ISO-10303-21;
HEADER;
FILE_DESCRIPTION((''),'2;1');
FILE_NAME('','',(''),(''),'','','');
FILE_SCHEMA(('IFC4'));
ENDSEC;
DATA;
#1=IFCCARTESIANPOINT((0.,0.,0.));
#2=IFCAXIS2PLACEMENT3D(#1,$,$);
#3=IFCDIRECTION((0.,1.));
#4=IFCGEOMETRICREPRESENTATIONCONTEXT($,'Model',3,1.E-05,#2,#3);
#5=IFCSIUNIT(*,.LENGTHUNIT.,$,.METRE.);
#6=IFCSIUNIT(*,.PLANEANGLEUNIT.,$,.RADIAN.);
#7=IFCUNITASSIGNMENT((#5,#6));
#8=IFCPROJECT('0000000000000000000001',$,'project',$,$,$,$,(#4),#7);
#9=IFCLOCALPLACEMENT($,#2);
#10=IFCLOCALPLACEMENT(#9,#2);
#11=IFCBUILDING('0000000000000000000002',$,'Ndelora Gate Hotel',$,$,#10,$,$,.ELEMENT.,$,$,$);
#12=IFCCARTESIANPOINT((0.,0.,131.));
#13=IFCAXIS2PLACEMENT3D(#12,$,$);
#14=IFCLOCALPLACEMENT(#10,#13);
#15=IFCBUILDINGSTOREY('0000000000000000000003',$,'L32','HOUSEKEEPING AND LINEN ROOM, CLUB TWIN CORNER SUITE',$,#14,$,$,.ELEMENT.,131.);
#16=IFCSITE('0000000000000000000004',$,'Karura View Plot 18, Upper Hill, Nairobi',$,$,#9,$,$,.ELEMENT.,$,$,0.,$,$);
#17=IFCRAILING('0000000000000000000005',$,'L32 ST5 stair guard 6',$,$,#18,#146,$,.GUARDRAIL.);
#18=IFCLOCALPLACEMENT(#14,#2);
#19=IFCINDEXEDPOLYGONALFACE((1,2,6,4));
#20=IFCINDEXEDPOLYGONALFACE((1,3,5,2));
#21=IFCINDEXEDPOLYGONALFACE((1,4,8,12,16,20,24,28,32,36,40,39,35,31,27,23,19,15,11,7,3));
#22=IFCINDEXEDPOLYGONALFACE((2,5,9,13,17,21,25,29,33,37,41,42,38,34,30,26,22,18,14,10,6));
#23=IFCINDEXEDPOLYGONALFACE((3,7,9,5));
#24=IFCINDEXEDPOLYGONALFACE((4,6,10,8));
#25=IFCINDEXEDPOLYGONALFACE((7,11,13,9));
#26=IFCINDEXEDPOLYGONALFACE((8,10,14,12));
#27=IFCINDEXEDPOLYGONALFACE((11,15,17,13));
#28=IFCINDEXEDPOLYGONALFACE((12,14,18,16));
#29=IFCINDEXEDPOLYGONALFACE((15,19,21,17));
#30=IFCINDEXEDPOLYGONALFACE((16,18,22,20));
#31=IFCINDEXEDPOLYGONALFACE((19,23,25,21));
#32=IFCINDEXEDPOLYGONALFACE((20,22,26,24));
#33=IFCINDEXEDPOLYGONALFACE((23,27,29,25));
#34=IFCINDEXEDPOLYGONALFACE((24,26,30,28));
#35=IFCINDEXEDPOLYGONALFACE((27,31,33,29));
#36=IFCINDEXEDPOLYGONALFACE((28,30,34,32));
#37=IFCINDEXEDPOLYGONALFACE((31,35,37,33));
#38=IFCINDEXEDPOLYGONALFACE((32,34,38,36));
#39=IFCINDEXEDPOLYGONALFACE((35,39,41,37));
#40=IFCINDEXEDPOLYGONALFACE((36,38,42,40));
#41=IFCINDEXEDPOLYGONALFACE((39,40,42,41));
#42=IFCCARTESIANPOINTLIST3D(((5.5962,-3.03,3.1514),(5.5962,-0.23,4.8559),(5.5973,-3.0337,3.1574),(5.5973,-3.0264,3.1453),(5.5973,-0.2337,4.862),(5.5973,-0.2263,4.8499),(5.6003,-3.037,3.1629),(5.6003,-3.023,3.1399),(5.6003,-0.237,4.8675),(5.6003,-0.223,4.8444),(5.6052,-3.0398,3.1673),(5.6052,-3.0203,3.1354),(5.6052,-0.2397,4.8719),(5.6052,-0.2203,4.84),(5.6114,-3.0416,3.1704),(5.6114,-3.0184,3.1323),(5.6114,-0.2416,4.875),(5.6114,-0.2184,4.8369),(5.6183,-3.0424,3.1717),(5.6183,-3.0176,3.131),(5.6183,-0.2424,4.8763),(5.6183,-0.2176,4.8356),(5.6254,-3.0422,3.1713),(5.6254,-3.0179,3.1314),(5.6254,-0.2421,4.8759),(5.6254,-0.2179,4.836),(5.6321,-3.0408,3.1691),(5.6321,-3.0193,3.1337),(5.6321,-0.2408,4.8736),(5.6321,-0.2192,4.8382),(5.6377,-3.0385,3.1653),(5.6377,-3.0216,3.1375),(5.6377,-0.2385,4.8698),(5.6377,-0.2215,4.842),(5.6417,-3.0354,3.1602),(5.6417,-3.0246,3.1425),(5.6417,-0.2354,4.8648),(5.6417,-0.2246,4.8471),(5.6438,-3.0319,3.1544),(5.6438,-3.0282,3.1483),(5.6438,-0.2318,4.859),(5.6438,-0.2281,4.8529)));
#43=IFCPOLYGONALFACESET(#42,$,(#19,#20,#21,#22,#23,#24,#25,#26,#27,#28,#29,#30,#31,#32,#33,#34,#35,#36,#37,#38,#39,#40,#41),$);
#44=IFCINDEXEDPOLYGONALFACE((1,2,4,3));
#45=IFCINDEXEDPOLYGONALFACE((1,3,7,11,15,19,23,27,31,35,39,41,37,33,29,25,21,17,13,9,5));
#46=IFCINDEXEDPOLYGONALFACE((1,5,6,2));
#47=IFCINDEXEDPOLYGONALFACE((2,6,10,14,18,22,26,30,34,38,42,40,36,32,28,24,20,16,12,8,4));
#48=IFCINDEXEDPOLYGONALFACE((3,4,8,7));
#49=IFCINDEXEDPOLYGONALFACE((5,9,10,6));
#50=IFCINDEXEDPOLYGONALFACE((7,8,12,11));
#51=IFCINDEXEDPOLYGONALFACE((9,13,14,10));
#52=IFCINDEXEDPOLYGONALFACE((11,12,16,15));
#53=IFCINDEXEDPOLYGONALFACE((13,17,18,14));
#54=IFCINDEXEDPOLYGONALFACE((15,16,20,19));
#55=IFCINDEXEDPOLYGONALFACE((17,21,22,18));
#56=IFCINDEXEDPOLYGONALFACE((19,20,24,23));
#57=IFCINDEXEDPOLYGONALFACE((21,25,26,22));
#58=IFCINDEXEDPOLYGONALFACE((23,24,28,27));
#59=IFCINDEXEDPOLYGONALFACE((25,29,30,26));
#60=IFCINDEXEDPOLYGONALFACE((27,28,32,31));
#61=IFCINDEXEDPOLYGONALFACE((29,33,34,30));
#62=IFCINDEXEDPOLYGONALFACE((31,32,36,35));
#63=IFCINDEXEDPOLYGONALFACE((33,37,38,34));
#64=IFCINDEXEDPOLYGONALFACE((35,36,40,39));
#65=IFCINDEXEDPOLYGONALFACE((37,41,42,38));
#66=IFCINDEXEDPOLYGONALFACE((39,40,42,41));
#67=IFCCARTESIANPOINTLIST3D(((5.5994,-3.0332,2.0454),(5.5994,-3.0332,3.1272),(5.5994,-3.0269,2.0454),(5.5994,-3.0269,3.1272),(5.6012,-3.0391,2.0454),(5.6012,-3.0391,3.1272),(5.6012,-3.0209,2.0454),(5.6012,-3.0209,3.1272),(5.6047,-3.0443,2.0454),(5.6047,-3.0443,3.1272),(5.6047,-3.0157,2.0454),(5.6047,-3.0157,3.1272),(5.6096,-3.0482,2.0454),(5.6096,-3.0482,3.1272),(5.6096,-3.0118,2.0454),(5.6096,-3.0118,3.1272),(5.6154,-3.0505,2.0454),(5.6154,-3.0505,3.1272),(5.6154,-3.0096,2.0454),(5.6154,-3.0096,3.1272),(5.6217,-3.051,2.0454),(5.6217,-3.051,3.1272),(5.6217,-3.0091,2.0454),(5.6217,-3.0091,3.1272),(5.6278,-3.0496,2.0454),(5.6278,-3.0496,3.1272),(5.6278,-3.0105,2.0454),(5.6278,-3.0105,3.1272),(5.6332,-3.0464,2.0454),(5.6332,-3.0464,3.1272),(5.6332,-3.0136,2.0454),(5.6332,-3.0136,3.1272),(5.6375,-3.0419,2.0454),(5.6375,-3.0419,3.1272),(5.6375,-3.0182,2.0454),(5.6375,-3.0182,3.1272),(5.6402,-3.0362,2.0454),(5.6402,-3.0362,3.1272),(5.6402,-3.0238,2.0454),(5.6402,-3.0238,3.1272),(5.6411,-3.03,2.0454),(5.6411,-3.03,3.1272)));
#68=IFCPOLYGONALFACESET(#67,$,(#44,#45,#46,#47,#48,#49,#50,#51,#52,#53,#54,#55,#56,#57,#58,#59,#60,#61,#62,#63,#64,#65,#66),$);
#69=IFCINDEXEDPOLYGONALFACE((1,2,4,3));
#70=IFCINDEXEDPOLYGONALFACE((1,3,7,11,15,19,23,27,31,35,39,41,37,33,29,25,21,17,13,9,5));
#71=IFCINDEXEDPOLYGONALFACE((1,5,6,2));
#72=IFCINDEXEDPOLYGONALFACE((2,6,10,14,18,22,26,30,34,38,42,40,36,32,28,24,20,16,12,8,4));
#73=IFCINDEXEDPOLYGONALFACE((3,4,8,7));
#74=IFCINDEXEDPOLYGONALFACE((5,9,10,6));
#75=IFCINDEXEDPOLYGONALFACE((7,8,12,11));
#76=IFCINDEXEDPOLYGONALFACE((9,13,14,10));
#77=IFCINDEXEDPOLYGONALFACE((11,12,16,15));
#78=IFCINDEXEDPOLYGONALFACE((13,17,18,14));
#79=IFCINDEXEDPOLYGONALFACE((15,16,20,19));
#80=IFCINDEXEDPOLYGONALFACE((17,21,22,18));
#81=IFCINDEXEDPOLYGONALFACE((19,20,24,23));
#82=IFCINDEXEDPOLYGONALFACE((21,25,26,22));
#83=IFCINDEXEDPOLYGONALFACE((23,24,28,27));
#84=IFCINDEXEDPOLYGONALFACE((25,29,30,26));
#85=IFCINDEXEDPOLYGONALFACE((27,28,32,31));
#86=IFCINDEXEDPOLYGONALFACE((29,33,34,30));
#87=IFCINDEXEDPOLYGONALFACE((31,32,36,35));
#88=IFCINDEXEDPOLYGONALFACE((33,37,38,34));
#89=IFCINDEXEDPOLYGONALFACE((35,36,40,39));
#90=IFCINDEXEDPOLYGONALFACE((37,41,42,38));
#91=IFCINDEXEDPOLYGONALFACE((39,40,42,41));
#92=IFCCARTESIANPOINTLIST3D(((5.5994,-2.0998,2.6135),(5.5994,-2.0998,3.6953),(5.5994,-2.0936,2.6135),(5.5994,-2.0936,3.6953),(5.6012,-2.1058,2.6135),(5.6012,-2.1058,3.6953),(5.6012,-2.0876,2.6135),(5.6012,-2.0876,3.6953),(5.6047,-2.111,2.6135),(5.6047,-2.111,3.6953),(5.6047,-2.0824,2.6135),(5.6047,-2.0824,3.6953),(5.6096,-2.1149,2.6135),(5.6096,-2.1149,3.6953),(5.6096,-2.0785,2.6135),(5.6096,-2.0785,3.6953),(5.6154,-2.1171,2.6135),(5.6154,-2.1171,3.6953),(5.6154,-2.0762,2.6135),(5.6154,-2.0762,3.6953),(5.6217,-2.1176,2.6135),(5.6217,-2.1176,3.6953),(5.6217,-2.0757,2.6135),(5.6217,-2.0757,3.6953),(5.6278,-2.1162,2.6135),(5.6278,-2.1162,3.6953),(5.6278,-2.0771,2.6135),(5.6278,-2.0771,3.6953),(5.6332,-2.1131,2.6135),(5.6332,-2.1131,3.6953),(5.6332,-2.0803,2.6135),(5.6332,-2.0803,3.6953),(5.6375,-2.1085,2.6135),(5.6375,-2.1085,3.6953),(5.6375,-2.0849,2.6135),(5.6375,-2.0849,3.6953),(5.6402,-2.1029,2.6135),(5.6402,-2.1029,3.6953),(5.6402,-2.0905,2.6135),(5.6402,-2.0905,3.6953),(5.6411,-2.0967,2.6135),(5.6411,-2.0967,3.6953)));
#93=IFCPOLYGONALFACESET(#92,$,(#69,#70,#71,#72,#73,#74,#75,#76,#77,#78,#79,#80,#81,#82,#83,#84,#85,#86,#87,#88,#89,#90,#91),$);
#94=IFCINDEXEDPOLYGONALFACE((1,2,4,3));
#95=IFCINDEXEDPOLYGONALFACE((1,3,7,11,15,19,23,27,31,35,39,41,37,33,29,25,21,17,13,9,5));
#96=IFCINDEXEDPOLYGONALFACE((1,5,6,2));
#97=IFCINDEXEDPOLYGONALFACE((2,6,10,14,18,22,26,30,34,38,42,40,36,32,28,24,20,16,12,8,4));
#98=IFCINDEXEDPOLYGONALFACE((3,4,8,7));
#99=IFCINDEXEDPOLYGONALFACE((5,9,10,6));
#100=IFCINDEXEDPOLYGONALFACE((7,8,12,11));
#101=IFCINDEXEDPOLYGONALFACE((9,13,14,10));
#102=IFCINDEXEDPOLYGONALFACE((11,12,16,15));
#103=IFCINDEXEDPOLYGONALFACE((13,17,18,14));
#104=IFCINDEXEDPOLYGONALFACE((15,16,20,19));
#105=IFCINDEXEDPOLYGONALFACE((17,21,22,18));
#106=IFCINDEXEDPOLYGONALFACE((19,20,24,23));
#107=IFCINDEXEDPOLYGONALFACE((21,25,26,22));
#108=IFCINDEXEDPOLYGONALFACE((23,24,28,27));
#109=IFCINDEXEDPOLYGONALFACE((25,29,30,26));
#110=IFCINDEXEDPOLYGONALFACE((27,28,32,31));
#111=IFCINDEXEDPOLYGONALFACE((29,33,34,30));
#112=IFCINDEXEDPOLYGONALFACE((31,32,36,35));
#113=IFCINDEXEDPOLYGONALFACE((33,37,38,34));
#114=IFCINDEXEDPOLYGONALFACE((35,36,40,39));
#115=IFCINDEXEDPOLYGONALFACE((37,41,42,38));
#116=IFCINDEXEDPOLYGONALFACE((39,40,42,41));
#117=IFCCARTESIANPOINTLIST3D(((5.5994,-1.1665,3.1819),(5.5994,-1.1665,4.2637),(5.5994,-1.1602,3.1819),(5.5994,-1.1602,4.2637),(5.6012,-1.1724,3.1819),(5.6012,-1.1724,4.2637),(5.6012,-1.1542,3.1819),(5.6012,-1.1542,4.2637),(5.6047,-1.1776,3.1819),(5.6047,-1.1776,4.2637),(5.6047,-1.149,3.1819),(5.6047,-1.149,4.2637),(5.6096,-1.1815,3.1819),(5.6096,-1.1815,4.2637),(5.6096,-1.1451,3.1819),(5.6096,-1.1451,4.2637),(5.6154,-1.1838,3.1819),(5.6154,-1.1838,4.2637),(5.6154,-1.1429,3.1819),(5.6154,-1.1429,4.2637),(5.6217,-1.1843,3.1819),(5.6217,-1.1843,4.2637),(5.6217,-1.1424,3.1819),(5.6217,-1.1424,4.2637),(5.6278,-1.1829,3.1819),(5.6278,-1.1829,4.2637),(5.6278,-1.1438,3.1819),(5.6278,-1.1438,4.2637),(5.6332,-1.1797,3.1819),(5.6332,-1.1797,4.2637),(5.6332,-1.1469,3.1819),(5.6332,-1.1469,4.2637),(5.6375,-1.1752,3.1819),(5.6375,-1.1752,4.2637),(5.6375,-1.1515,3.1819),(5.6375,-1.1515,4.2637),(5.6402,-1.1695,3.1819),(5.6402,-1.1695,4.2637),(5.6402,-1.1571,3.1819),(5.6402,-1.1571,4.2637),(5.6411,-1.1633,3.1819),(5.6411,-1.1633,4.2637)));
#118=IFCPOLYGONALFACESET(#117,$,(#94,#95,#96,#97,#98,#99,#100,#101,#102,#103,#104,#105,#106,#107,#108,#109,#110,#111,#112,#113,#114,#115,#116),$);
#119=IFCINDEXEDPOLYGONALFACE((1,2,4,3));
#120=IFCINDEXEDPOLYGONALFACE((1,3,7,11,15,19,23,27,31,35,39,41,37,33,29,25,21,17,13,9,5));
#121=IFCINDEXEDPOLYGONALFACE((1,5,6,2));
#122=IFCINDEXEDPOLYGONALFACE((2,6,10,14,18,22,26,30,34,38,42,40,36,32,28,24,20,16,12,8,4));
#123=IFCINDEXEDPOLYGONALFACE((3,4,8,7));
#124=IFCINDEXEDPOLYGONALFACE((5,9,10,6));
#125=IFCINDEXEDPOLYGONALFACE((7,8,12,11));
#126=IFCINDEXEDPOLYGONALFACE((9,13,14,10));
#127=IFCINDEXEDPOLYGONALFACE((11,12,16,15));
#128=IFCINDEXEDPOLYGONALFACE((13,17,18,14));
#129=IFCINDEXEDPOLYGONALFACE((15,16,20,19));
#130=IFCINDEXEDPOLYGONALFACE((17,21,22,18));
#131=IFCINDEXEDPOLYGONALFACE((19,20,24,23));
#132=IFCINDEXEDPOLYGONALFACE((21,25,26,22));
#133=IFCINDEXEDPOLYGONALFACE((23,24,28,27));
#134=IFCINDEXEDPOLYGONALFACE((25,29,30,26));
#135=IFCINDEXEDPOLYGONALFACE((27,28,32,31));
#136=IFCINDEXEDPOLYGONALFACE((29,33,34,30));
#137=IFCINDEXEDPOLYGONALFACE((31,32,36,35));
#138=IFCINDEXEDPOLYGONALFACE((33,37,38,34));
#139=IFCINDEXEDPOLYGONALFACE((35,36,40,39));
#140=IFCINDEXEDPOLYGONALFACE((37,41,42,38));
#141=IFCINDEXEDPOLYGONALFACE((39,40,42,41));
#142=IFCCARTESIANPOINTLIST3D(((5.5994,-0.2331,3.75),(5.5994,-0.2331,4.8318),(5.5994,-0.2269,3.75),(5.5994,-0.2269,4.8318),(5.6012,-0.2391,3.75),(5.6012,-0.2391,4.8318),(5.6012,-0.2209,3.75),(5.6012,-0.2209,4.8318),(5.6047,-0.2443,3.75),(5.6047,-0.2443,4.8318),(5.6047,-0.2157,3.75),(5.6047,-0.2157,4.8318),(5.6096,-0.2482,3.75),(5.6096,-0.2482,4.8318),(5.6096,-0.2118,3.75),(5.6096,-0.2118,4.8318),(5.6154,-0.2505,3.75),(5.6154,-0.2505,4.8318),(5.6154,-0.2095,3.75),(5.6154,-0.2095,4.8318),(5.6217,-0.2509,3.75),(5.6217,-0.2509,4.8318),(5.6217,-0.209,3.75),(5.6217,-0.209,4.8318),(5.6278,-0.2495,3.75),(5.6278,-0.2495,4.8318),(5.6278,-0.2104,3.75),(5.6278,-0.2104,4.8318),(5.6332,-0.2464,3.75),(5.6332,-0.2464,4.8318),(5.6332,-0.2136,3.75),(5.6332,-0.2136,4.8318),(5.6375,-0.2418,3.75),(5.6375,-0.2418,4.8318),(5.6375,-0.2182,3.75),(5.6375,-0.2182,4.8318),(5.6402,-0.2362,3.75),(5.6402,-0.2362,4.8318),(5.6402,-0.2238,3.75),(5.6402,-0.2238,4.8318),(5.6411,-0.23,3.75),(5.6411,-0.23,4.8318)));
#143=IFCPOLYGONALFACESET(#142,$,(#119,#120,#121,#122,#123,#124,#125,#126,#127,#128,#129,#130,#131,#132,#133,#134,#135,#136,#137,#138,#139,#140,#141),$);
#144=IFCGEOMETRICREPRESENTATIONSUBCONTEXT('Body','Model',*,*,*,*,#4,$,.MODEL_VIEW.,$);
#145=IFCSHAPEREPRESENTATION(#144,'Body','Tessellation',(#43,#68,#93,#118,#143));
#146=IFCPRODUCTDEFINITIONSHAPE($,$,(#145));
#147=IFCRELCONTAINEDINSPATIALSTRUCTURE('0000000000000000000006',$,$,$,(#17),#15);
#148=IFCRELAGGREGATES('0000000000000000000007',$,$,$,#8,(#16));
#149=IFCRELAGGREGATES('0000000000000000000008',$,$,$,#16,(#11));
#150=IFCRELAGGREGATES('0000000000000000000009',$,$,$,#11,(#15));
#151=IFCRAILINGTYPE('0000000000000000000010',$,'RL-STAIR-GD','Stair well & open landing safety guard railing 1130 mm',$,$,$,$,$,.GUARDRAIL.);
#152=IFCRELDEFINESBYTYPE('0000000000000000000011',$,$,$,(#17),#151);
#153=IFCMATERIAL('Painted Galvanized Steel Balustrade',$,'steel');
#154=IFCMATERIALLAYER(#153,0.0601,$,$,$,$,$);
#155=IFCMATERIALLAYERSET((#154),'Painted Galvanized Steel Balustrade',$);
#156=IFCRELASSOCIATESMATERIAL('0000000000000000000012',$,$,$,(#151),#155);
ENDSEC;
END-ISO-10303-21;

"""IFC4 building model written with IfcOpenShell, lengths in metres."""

from ifc_helpers import new_model, si_unit, direction, frame, origin, origin_2d, place, context, subcontext, project, spatial, circle, extrude, material, layer, layer_set, type_object, element, save


model = new_model("IFC4")

# Units and contexts
model_context = context("Model", 3, precision=1e-05, world=origin(), true_north=direction((0.0, 1.0)))
body_context = subcontext(model_context, "Body", "Model", "MODEL_VIEW")
ifc_project = project(units=[si_unit("LENGTHUNIT", "METRE"), si_unit("PLANEANGLEUNIT", "RADIAN")], contexts=[model_context])

# Site, building, storey
site_placement = place(None, origin())
site = spatial("IfcSite", under=ifc_project, at=site_placement, Name="Karura View Plot 18, Upper Hill, Nairobi", CompositionType="ELEMENT", RefElevation=0.0)
building_placement = place(site_placement, origin())
building = spatial("IfcBuilding", under=site, at=building_placement, Name="Ndelora Gate Hotel", CompositionType="ELEMENT")
storey_placement = place(building_placement, frame((0.0, 0.0, 131.0)))
storey = spatial("IfcBuildingStorey", under=building, at=storey_placement, Name="L32", Description="HOUSEKEEPING AND LINEN ROOM, CLUB TWIN CORNER SUITE", CompositionType="ELEMENT", Elevation=131.0)

# Railing
ifc_material_1 = material(Name="Painted Galvanized Steel Balustrade", Category="steel")
ifc_layer_1 = layer(ifc_material_1, 0.0601)
ifc_layer_set_1 = layer_set([ifc_layer_1], Name="Painted Galvanized Steel Balustrade")
railing_type_1 = type_object("IfcRailingType", Name="RL-STAIR-GD", Description="Stair well & open landing safety guard railing 1130 mm", PredefinedType="GUARDRAIL", material=ifc_layer_set_1)
railing_1_placement = place(storey_placement, frame((5.6201, -3.03, 2.0454)))
element("IfcRailing", 1, at=railing_1_placement, inside=storey, type_object=railing_type_1, Name="L32 ST5 stair guard 6", PredefinedType="GUARDRAIL", context=body_context, shape_type="SweptSolid", body=[
    extrude(circle(Radius=0.0239, at=origin_2d()), frame((0.0, 0.0, 1.106), z_axis=(0.0, 0.85417, 0.519994), x_axis=(-1.0, 0.0, 0.0)), (0.0, 0.0, 1.0), 3.2781),
    extrude(circle(Radius=0.021, at=origin_2d()), origin(), (0.0, 0.0, 1.0), 1.0818),
    extrude(circle(Radius=0.021, at=origin_2d()), frame((0.0, 0.9333, 0.5681)), (0.0, 0.0, 1.0), 1.0818),
    extrude(circle(Radius=0.021, at=origin_2d()), frame((0.0, 1.8667, 1.1365)), (0.0, 0.0, 1.0), 1.0818),
    extrude(circle(Radius=0.021, at=origin_2d()), frame((0.0, 2.8, 1.7046)), (0.0, 0.0, 1.0), 1.0818),
])

save(model, "model.ifc")
